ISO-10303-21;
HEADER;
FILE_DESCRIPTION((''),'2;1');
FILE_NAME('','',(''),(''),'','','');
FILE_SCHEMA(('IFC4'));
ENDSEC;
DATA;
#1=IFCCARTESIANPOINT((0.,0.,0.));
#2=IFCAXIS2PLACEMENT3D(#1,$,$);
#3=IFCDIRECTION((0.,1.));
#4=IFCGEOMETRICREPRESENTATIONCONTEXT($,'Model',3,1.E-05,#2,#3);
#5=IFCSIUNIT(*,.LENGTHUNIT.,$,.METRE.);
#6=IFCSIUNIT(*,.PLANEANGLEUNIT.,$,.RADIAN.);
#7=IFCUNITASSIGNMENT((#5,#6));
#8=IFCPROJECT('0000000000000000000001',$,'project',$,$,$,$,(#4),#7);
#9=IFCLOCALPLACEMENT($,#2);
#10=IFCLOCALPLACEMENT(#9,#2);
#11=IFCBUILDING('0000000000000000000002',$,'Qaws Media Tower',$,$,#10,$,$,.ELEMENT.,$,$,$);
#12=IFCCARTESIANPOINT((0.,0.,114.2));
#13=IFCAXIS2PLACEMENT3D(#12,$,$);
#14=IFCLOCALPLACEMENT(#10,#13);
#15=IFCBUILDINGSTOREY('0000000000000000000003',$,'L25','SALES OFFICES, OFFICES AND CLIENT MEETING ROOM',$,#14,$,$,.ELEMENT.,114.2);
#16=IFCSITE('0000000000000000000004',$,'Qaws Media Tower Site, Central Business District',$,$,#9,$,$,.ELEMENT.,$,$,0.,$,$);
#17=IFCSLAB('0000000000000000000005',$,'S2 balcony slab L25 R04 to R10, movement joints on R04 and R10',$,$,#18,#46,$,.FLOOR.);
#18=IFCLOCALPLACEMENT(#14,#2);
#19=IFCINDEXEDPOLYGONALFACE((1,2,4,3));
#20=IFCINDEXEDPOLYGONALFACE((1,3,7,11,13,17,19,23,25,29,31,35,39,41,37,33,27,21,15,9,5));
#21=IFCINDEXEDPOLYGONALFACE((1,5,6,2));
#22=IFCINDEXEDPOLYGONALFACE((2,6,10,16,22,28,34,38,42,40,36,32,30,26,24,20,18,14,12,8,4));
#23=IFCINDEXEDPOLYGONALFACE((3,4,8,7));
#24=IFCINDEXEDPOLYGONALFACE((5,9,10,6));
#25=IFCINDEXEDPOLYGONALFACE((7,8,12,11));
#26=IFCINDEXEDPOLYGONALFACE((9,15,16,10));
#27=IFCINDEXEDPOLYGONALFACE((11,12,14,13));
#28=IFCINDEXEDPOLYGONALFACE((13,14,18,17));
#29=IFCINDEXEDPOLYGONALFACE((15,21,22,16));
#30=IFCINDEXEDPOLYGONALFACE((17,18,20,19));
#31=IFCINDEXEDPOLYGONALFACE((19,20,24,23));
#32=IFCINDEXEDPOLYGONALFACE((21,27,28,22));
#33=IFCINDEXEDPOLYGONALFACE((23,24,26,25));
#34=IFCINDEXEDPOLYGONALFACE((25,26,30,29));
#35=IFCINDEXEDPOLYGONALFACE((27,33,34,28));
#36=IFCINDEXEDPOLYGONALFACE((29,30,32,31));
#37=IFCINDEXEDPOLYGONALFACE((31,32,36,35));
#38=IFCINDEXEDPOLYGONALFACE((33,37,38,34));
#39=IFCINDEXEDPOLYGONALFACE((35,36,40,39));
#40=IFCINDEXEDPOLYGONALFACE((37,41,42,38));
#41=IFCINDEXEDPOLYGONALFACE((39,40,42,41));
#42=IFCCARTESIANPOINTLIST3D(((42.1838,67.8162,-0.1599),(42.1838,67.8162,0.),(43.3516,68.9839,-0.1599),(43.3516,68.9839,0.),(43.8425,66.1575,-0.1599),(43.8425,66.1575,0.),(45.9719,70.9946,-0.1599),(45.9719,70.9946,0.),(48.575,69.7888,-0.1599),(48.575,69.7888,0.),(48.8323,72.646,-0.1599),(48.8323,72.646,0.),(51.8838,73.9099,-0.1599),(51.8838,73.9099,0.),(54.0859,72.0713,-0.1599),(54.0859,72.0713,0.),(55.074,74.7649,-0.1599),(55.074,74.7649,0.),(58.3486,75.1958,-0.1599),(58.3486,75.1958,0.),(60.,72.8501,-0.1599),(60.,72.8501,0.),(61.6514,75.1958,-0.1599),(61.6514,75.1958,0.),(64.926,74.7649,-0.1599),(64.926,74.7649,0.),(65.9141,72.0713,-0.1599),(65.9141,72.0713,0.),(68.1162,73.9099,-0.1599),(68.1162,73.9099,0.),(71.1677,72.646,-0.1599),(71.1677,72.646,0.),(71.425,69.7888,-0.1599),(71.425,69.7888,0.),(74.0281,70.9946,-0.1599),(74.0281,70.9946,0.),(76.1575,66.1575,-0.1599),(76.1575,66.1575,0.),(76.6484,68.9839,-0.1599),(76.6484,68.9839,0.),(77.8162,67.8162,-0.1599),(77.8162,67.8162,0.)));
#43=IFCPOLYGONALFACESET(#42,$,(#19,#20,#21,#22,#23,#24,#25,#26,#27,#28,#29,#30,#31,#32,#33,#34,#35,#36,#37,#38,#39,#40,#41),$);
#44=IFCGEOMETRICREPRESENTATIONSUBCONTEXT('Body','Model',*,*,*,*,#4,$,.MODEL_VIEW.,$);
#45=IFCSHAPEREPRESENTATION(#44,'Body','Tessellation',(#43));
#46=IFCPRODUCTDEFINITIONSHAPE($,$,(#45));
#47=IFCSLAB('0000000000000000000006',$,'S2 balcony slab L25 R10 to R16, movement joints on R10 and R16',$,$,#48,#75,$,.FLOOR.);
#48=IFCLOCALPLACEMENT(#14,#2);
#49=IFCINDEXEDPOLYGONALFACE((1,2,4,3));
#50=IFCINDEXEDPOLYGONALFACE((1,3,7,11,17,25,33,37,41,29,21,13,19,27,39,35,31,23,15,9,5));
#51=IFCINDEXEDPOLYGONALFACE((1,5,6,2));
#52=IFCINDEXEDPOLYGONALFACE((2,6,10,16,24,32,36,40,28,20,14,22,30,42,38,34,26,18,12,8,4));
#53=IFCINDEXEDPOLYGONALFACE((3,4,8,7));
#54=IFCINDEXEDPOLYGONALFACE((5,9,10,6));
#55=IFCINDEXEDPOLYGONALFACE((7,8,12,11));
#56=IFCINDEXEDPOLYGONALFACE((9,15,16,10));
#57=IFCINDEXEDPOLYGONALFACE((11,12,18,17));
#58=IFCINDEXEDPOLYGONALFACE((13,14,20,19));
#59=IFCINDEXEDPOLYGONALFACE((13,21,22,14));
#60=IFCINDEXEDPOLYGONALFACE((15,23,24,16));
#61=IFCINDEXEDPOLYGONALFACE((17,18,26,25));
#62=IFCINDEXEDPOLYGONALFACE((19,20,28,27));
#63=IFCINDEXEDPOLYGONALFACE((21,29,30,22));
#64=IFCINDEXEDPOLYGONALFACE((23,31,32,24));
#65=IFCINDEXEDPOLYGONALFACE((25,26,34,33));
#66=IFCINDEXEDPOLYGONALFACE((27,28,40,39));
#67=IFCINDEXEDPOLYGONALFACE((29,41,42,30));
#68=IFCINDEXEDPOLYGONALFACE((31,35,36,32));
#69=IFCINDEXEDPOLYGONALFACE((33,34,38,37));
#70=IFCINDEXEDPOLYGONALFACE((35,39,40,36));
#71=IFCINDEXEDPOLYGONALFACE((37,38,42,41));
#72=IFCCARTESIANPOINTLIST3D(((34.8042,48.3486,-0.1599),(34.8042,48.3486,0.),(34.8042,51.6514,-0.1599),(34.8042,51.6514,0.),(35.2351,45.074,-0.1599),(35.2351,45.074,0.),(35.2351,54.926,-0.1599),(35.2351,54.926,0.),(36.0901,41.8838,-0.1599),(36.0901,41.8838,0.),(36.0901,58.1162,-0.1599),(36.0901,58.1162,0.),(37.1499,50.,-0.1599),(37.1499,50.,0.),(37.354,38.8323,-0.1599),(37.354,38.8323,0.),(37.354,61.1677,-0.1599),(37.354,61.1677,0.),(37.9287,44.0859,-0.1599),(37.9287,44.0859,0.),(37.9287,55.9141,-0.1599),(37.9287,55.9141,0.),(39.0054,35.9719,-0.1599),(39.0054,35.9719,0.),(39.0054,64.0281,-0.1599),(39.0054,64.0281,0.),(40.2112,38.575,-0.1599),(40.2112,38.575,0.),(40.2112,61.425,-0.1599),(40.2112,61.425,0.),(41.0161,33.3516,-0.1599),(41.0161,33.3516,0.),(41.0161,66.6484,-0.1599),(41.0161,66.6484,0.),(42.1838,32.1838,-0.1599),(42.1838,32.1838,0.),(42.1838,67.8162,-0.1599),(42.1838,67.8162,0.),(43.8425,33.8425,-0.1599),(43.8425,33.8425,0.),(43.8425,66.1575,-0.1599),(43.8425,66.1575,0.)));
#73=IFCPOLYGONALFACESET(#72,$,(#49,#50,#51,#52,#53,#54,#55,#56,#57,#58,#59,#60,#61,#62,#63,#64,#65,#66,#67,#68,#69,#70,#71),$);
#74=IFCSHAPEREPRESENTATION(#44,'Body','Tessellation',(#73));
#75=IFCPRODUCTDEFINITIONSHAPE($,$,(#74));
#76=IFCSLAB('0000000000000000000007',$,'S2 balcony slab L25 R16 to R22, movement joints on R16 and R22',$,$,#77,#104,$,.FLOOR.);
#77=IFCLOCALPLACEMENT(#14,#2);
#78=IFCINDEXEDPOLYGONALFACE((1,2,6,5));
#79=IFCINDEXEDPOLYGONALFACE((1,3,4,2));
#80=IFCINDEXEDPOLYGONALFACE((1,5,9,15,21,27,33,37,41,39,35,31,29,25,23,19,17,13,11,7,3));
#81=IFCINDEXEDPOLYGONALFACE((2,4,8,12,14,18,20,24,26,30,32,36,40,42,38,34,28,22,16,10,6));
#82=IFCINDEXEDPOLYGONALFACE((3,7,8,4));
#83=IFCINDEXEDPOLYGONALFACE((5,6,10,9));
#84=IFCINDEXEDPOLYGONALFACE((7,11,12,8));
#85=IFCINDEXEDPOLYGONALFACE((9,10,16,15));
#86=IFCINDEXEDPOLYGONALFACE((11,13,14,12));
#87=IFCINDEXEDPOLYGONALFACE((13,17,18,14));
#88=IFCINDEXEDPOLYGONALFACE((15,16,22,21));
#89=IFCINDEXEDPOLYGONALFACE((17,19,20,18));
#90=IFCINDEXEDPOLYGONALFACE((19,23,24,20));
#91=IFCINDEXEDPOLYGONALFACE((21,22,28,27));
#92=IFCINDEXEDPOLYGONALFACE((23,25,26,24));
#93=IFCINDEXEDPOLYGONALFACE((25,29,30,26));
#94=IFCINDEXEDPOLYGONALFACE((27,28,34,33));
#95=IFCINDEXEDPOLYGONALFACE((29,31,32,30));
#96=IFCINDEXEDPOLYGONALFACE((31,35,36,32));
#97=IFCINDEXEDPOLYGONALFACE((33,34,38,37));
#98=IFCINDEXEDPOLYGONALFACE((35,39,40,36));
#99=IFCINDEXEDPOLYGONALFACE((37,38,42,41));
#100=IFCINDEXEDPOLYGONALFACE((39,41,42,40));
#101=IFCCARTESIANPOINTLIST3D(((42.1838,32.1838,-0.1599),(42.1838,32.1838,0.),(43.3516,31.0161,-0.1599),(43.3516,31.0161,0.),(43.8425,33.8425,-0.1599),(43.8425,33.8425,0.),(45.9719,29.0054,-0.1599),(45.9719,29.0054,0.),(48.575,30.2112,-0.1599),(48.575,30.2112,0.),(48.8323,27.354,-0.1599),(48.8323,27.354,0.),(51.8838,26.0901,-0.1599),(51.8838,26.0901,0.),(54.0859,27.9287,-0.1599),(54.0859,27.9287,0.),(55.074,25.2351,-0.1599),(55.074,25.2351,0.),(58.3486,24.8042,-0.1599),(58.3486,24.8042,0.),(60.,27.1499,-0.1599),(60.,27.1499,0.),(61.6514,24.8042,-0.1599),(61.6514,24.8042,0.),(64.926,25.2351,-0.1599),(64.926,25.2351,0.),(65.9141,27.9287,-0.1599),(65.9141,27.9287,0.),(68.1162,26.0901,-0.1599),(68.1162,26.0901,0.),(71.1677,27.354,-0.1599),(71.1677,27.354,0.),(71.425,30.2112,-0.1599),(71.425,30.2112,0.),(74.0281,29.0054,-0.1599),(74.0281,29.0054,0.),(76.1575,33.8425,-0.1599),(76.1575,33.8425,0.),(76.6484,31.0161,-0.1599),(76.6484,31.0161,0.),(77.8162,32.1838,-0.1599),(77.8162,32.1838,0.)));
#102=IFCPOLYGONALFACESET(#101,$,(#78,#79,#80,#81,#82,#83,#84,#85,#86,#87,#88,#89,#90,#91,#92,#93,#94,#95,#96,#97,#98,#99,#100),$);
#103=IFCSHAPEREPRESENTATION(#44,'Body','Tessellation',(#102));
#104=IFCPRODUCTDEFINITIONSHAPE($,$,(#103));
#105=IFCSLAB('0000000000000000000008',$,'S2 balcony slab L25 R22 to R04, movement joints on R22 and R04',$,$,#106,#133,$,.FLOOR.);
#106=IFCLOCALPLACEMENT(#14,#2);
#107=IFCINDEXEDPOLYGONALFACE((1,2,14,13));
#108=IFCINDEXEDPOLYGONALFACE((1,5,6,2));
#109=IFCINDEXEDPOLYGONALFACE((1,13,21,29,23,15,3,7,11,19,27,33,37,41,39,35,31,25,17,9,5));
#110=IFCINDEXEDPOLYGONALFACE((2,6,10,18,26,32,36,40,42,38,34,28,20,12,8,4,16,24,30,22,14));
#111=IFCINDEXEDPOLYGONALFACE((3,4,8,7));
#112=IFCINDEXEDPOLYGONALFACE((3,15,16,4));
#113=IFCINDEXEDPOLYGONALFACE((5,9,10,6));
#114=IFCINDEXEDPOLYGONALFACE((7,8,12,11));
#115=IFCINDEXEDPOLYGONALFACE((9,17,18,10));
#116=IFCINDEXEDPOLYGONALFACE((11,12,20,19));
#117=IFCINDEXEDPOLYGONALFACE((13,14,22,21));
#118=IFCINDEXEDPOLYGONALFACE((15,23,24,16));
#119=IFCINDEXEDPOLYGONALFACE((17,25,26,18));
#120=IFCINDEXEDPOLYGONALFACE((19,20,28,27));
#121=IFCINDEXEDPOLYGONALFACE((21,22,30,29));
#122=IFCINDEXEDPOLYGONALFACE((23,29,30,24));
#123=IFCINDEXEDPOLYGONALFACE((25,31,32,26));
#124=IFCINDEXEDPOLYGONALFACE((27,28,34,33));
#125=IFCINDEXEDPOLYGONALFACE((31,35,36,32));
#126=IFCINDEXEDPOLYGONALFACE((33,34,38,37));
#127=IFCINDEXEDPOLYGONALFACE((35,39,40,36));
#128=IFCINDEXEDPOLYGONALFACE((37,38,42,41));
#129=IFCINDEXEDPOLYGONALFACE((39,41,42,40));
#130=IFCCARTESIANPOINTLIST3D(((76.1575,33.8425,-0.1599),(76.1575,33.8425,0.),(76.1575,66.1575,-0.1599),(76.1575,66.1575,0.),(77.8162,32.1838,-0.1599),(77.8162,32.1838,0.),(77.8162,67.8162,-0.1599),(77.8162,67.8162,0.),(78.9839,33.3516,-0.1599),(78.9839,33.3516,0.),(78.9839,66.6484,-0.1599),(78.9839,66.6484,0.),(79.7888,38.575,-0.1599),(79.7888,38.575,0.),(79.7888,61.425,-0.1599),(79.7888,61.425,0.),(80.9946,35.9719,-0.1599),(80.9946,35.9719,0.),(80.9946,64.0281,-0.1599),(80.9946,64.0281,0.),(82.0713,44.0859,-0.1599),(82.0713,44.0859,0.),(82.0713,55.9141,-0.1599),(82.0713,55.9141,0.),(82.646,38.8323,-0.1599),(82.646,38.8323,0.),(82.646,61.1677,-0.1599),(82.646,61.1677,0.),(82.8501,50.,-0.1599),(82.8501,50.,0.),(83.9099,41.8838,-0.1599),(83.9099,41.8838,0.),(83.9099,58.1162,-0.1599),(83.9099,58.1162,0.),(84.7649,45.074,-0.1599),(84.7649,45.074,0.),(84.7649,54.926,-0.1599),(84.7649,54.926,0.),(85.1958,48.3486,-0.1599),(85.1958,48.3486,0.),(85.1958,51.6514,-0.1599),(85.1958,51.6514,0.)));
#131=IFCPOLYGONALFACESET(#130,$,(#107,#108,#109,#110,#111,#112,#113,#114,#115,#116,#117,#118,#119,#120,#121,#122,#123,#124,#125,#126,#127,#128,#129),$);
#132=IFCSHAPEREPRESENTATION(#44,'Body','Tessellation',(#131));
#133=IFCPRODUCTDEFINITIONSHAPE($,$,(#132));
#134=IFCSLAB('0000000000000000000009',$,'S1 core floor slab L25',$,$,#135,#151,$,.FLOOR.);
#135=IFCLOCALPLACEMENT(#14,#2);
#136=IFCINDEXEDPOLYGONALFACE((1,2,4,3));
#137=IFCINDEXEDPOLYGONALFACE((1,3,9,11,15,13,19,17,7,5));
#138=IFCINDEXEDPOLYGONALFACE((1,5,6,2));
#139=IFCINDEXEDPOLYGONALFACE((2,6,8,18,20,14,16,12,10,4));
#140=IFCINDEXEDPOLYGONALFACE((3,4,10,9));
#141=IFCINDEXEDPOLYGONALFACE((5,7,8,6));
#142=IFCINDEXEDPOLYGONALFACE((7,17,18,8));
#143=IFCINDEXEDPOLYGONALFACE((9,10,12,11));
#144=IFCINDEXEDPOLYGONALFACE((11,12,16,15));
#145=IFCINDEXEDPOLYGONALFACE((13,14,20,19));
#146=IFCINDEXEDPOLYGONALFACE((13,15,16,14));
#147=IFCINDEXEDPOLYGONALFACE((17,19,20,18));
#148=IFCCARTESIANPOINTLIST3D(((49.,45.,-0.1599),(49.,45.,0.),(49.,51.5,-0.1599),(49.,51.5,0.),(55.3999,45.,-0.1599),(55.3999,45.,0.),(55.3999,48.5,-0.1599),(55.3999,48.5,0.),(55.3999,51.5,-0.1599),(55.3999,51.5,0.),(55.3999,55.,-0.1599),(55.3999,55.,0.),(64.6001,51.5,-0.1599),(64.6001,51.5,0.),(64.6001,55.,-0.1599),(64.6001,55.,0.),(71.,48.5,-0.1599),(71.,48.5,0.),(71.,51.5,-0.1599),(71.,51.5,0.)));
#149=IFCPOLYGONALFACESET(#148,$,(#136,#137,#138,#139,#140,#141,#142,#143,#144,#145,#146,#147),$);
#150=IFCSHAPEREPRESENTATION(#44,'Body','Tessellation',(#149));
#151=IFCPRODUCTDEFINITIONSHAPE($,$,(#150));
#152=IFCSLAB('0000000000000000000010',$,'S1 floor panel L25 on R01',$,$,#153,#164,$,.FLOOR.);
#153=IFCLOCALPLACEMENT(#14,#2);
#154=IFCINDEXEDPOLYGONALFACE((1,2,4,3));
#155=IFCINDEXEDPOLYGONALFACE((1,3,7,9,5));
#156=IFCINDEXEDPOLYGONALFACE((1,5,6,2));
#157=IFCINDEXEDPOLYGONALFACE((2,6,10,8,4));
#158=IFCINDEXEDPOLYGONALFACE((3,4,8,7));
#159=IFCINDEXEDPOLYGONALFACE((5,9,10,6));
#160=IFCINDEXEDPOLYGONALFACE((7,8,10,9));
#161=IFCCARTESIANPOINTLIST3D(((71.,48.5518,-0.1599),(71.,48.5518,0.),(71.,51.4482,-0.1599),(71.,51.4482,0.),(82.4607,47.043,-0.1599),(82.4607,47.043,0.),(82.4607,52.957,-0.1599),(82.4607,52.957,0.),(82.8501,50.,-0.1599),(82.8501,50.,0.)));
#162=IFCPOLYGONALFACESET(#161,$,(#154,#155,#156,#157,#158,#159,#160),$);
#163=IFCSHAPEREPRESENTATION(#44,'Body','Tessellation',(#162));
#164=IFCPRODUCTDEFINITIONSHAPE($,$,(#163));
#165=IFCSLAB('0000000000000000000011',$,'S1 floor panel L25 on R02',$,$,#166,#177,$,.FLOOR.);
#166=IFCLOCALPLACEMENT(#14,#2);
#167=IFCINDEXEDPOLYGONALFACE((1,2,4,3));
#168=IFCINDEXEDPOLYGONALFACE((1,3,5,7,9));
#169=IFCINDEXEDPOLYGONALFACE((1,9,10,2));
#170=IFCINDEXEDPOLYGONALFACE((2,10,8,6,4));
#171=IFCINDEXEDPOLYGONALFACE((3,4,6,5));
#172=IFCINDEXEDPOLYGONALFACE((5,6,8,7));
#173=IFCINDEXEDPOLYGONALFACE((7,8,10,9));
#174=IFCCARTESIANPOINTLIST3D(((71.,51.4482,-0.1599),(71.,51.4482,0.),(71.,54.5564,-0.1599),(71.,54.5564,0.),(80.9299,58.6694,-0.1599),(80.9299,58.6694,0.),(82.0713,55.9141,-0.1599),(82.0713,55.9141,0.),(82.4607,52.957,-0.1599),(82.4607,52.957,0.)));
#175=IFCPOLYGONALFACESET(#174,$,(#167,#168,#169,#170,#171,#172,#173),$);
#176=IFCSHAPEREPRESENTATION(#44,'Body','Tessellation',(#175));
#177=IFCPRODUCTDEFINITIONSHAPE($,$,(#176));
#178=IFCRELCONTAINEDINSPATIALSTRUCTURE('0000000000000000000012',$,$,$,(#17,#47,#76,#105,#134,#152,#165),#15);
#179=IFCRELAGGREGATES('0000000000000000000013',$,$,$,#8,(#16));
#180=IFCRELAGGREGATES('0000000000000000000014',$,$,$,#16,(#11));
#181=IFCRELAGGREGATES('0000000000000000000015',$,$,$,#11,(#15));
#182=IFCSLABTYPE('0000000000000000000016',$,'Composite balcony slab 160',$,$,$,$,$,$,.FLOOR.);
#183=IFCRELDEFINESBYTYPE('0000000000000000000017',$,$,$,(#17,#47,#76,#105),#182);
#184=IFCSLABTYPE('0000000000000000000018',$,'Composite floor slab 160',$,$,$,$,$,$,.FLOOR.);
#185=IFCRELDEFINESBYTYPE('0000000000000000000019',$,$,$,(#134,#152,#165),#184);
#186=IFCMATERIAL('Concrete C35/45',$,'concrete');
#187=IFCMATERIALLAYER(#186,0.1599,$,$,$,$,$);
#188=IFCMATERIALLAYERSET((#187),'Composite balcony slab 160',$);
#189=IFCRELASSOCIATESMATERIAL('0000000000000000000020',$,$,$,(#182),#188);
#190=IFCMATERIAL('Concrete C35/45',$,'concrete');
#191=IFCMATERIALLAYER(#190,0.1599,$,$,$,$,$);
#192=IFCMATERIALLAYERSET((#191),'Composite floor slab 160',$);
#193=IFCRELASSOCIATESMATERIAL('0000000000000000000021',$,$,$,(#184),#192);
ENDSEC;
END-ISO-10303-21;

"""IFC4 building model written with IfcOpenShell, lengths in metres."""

from ifc_helpers import new_model, si_unit, direction, frame, origin, place, context, subcontext, project, spatial, polyline, outline, extrude, material, layer, layer_set, type_object, element, save


model = new_model("IFC4")

# Units and contexts
model_context = context("Model", 3, precision=1e-05, world=origin(), true_north=direction((0.0, 1.0)))
body_context = subcontext(model_context, "Body", "Model", "MODEL_VIEW")
ifc_project = project(units=[si_unit("LENGTHUNIT", "METRE"), si_unit("PLANEANGLEUNIT", "RADIAN")], contexts=[model_context])

# Site, building, storey
site_placement = place(None, origin())
site = spatial("IfcSite", under=ifc_project, at=site_placement, Name="Qaws Media Tower Site, Central Business District", CompositionType="ELEMENT", RefElevation=0.0)
building_placement = place(site_placement, origin())
building = spatial("IfcBuilding", under=site, at=building_placement, Name="Qaws Media Tower", CompositionType="ELEMENT")
storey_placement = place(building_placement, frame((0.0, 0.0, 114.2)))
storey = spatial("IfcBuildingStorey", under=building, at=storey_placement, Name="L25", Description="SALES OFFICES, OFFICES AND CLIENT MEETING ROOM", CompositionType="ELEMENT", Elevation=114.2)

# Slabs
ifc_material_1 = material(Name="Concrete C35/45", Category="concrete")
ifc_layer_1 = layer(ifc_material_1, 0.1599)
ifc_layer_set_1 = layer_set([ifc_layer_1], Name="Composite balcony slab 160")
slab_type_1 = type_object("IfcSlabType", Name="Composite balcony slab 160", PredefinedType="FLOOR", material=ifc_layer_set_1)
slab_1_placement = place(storey_placement, frame((0.0, 0.0, -0.1599)))
element("IfcSlab", 1, at=slab_1_placement, inside=storey, type_object=slab_type_1, Name="S2 balcony slab L25 R04 to R10, movement joints on R04 and R10", PredefinedType="FLOOR", context=body_context, shape_type="SweptSolid", body=[
    extrude(outline(polyline([(43.3516, 68.9839), (45.9719, 70.9946), (48.8323, 72.646), (51.8838, 73.9099), (55.074, 74.7649), (58.3486, 75.1958), (61.6514, 75.1958), (64.926, 74.7649), (68.1162, 73.9099), (71.1677, 72.646), (74.0281, 70.9946), (76.6484, 68.9839), (77.8162, 67.8162), (76.1575, 66.1575), (71.425, 69.7888), (65.9141, 72.0713), (60.0, 72.8501), (54.0859, 72.0713), (48.575, 69.7888), (43.8425, 66.1575), (42.1838, 67.8162), (43.3516, 68.9839)])), origin(), (0.0, 0.0, 1.0), 0.1599),
])
slab_2_placement = place(storey_placement, frame((0.0, 0.0, -0.1599)))
element("IfcSlab", 2, at=slab_2_placement, inside=storey, type_object=slab_type_1, Name="S2 balcony slab L25 R10 to R16, movement joints on R10 and R16", PredefinedType="FLOOR", context=body_context, shape_type="SweptSolid", body=[
    extrude(outline(polyline([(41.0161, 33.3516), (39.0054, 35.9719), (37.354, 38.8323), (36.0901, 41.8838), (35.2351, 45.074), (34.8042, 48.3486), (34.8042, 51.6514), (35.2351, 54.926), (36.0901, 58.1162), (37.354, 61.1677), (39.0054, 64.0281), (41.0161, 66.6484), (42.1838, 67.8162), (43.8425, 66.1575), (40.2112, 61.425), (37.9287, 55.9141), (37.1499, 50.0), (37.9287, 44.0859), (40.2112, 38.575), (43.8425, 33.8425), (42.1838, 32.1838), (41.0161, 33.3516)])), origin(), (0.0, 0.0, 1.0), 0.1599),
])
slab_3_placement = place(storey_placement, frame((0.0, 0.0, -0.1599)))
element("IfcSlab", 3, at=slab_3_placement, inside=storey, type_object=slab_type_1, Name="S2 balcony slab L25 R16 to R22, movement joints on R16 and R22", PredefinedType="FLOOR", context=body_context, shape_type="SweptSolid", body=[
    extrude(outline(polyline([(76.6484, 31.0161), (74.0281, 29.0054), (71.1677, 27.354), (68.1162, 26.0901), (64.926, 25.2351), (61.6514, 24.8042), (58.3486, 24.8042), (55.074, 25.2351), (51.8838, 26.0901), (48.8323, 27.354), (45.9719, 29.0054), (43.3516, 31.0161), (42.1838, 32.1838), (43.8425, 33.8425), (48.575, 30.2112), (54.0859, 27.9287), (60.0, 27.1499), (65.9141, 27.9287), (71.425, 30.2112), (76.1575, 33.8425), (77.8162, 32.1838), (76.6484, 31.0161)])), origin(), (0.0, 0.0, 1.0), 0.1599),
])
slab_4_placement = place(storey_placement, frame((0.0, 0.0, -0.1599)))
element("IfcSlab", 4, at=slab_4_placement, inside=storey, type_object=slab_type_1, Name="S2 balcony slab L25 R22 to R04, movement joints on R22 and R04", PredefinedType="FLOOR", context=body_context, shape_type="SweptSolid", body=[
    extrude(outline(polyline([(84.7649, 45.074), (83.9099, 41.8838), (82.646, 38.8323), (80.9946, 35.9719), (78.9839, 33.3516), (77.8162, 32.1838), (76.1575, 33.8425), (79.7888, 38.575), (82.0713, 44.0859), (82.8501, 50.0), (82.0713, 55.9141), (79.7888, 61.425), (76.1575, 66.1575), (77.8162, 67.8162), (78.9839, 66.6484), (80.9946, 64.0281), (82.646, 61.1677), (83.9099, 58.1162), (84.7649, 54.926), (85.1958, 51.6514), (85.1958, 48.3486), (84.7649, 45.074)])), origin(), (0.0, 0.0, 1.0), 0.1599),
])
ifc_material_2 = material(Name="Concrete C35/45", Category="concrete")
ifc_layer_2 = layer(ifc_material_2, 0.1599)
ifc_layer_set_2 = layer_set([ifc_layer_2], Name="Composite floor slab 160")
slab_type_2 = type_object("IfcSlabType", Name="Composite floor slab 160", PredefinedType="FLOOR", material=ifc_layer_set_2)
slab_5_placement = place(storey_placement, frame((0.0, 0.0, -0.1599)))
element("IfcSlab", 5, at=slab_5_placement, inside=storey, type_object=slab_type_2, Name="S1 core floor slab L25", PredefinedType="FLOOR", context=body_context, shape_type="SweptSolid", body=[
    extrude(outline(polyline([(71.0, 51.5), (71.0, 48.5), (55.3999, 48.5), (55.3999, 45.0), (49.0, 45.0), (49.0, 51.5), (55.3999, 51.5), (55.3999, 55.0), (64.6001, 55.0), (64.6001, 51.5), (71.0, 51.5)])), origin(), (0.0, 0.0, 1.0), 0.1599),
])
slab_6_placement = place(storey_placement, frame((0.0, 0.0, -0.1599)))
element("IfcSlab", 6, at=slab_6_placement, inside=storey, type_object=slab_type_2, Name="S1 floor panel L25 on R01", PredefinedType="FLOOR", context=body_context, shape_type="SweptSolid", body=[
    extrude(outline(polyline([(82.8501, 50.0), (82.4607, 47.043), (71.0, 48.5518), (71.0, 51.4482), (82.4607, 52.957), (82.8501, 50.0)])), origin(), (0.0, 0.0, 1.0), 0.1599),
])
slab_7_placement = place(storey_placement, frame((0.0, 0.0, -0.1599)))
element("IfcSlab", 7, at=slab_7_placement, inside=storey, type_object=slab_type_2, Name="S1 floor panel L25 on R02", PredefinedType="FLOOR", context=body_context, shape_type="SweptSolid", body=[
    extrude(outline(polyline([(82.0713, 55.9141), (82.4607, 52.957), (71.0, 51.4482), (71.0, 54.5564), (80.9299, 58.6694), (82.0713, 55.9141)])), origin(), (0.0, 0.0, 1.0), 0.1599),
])

save(model, "model.ifc")
